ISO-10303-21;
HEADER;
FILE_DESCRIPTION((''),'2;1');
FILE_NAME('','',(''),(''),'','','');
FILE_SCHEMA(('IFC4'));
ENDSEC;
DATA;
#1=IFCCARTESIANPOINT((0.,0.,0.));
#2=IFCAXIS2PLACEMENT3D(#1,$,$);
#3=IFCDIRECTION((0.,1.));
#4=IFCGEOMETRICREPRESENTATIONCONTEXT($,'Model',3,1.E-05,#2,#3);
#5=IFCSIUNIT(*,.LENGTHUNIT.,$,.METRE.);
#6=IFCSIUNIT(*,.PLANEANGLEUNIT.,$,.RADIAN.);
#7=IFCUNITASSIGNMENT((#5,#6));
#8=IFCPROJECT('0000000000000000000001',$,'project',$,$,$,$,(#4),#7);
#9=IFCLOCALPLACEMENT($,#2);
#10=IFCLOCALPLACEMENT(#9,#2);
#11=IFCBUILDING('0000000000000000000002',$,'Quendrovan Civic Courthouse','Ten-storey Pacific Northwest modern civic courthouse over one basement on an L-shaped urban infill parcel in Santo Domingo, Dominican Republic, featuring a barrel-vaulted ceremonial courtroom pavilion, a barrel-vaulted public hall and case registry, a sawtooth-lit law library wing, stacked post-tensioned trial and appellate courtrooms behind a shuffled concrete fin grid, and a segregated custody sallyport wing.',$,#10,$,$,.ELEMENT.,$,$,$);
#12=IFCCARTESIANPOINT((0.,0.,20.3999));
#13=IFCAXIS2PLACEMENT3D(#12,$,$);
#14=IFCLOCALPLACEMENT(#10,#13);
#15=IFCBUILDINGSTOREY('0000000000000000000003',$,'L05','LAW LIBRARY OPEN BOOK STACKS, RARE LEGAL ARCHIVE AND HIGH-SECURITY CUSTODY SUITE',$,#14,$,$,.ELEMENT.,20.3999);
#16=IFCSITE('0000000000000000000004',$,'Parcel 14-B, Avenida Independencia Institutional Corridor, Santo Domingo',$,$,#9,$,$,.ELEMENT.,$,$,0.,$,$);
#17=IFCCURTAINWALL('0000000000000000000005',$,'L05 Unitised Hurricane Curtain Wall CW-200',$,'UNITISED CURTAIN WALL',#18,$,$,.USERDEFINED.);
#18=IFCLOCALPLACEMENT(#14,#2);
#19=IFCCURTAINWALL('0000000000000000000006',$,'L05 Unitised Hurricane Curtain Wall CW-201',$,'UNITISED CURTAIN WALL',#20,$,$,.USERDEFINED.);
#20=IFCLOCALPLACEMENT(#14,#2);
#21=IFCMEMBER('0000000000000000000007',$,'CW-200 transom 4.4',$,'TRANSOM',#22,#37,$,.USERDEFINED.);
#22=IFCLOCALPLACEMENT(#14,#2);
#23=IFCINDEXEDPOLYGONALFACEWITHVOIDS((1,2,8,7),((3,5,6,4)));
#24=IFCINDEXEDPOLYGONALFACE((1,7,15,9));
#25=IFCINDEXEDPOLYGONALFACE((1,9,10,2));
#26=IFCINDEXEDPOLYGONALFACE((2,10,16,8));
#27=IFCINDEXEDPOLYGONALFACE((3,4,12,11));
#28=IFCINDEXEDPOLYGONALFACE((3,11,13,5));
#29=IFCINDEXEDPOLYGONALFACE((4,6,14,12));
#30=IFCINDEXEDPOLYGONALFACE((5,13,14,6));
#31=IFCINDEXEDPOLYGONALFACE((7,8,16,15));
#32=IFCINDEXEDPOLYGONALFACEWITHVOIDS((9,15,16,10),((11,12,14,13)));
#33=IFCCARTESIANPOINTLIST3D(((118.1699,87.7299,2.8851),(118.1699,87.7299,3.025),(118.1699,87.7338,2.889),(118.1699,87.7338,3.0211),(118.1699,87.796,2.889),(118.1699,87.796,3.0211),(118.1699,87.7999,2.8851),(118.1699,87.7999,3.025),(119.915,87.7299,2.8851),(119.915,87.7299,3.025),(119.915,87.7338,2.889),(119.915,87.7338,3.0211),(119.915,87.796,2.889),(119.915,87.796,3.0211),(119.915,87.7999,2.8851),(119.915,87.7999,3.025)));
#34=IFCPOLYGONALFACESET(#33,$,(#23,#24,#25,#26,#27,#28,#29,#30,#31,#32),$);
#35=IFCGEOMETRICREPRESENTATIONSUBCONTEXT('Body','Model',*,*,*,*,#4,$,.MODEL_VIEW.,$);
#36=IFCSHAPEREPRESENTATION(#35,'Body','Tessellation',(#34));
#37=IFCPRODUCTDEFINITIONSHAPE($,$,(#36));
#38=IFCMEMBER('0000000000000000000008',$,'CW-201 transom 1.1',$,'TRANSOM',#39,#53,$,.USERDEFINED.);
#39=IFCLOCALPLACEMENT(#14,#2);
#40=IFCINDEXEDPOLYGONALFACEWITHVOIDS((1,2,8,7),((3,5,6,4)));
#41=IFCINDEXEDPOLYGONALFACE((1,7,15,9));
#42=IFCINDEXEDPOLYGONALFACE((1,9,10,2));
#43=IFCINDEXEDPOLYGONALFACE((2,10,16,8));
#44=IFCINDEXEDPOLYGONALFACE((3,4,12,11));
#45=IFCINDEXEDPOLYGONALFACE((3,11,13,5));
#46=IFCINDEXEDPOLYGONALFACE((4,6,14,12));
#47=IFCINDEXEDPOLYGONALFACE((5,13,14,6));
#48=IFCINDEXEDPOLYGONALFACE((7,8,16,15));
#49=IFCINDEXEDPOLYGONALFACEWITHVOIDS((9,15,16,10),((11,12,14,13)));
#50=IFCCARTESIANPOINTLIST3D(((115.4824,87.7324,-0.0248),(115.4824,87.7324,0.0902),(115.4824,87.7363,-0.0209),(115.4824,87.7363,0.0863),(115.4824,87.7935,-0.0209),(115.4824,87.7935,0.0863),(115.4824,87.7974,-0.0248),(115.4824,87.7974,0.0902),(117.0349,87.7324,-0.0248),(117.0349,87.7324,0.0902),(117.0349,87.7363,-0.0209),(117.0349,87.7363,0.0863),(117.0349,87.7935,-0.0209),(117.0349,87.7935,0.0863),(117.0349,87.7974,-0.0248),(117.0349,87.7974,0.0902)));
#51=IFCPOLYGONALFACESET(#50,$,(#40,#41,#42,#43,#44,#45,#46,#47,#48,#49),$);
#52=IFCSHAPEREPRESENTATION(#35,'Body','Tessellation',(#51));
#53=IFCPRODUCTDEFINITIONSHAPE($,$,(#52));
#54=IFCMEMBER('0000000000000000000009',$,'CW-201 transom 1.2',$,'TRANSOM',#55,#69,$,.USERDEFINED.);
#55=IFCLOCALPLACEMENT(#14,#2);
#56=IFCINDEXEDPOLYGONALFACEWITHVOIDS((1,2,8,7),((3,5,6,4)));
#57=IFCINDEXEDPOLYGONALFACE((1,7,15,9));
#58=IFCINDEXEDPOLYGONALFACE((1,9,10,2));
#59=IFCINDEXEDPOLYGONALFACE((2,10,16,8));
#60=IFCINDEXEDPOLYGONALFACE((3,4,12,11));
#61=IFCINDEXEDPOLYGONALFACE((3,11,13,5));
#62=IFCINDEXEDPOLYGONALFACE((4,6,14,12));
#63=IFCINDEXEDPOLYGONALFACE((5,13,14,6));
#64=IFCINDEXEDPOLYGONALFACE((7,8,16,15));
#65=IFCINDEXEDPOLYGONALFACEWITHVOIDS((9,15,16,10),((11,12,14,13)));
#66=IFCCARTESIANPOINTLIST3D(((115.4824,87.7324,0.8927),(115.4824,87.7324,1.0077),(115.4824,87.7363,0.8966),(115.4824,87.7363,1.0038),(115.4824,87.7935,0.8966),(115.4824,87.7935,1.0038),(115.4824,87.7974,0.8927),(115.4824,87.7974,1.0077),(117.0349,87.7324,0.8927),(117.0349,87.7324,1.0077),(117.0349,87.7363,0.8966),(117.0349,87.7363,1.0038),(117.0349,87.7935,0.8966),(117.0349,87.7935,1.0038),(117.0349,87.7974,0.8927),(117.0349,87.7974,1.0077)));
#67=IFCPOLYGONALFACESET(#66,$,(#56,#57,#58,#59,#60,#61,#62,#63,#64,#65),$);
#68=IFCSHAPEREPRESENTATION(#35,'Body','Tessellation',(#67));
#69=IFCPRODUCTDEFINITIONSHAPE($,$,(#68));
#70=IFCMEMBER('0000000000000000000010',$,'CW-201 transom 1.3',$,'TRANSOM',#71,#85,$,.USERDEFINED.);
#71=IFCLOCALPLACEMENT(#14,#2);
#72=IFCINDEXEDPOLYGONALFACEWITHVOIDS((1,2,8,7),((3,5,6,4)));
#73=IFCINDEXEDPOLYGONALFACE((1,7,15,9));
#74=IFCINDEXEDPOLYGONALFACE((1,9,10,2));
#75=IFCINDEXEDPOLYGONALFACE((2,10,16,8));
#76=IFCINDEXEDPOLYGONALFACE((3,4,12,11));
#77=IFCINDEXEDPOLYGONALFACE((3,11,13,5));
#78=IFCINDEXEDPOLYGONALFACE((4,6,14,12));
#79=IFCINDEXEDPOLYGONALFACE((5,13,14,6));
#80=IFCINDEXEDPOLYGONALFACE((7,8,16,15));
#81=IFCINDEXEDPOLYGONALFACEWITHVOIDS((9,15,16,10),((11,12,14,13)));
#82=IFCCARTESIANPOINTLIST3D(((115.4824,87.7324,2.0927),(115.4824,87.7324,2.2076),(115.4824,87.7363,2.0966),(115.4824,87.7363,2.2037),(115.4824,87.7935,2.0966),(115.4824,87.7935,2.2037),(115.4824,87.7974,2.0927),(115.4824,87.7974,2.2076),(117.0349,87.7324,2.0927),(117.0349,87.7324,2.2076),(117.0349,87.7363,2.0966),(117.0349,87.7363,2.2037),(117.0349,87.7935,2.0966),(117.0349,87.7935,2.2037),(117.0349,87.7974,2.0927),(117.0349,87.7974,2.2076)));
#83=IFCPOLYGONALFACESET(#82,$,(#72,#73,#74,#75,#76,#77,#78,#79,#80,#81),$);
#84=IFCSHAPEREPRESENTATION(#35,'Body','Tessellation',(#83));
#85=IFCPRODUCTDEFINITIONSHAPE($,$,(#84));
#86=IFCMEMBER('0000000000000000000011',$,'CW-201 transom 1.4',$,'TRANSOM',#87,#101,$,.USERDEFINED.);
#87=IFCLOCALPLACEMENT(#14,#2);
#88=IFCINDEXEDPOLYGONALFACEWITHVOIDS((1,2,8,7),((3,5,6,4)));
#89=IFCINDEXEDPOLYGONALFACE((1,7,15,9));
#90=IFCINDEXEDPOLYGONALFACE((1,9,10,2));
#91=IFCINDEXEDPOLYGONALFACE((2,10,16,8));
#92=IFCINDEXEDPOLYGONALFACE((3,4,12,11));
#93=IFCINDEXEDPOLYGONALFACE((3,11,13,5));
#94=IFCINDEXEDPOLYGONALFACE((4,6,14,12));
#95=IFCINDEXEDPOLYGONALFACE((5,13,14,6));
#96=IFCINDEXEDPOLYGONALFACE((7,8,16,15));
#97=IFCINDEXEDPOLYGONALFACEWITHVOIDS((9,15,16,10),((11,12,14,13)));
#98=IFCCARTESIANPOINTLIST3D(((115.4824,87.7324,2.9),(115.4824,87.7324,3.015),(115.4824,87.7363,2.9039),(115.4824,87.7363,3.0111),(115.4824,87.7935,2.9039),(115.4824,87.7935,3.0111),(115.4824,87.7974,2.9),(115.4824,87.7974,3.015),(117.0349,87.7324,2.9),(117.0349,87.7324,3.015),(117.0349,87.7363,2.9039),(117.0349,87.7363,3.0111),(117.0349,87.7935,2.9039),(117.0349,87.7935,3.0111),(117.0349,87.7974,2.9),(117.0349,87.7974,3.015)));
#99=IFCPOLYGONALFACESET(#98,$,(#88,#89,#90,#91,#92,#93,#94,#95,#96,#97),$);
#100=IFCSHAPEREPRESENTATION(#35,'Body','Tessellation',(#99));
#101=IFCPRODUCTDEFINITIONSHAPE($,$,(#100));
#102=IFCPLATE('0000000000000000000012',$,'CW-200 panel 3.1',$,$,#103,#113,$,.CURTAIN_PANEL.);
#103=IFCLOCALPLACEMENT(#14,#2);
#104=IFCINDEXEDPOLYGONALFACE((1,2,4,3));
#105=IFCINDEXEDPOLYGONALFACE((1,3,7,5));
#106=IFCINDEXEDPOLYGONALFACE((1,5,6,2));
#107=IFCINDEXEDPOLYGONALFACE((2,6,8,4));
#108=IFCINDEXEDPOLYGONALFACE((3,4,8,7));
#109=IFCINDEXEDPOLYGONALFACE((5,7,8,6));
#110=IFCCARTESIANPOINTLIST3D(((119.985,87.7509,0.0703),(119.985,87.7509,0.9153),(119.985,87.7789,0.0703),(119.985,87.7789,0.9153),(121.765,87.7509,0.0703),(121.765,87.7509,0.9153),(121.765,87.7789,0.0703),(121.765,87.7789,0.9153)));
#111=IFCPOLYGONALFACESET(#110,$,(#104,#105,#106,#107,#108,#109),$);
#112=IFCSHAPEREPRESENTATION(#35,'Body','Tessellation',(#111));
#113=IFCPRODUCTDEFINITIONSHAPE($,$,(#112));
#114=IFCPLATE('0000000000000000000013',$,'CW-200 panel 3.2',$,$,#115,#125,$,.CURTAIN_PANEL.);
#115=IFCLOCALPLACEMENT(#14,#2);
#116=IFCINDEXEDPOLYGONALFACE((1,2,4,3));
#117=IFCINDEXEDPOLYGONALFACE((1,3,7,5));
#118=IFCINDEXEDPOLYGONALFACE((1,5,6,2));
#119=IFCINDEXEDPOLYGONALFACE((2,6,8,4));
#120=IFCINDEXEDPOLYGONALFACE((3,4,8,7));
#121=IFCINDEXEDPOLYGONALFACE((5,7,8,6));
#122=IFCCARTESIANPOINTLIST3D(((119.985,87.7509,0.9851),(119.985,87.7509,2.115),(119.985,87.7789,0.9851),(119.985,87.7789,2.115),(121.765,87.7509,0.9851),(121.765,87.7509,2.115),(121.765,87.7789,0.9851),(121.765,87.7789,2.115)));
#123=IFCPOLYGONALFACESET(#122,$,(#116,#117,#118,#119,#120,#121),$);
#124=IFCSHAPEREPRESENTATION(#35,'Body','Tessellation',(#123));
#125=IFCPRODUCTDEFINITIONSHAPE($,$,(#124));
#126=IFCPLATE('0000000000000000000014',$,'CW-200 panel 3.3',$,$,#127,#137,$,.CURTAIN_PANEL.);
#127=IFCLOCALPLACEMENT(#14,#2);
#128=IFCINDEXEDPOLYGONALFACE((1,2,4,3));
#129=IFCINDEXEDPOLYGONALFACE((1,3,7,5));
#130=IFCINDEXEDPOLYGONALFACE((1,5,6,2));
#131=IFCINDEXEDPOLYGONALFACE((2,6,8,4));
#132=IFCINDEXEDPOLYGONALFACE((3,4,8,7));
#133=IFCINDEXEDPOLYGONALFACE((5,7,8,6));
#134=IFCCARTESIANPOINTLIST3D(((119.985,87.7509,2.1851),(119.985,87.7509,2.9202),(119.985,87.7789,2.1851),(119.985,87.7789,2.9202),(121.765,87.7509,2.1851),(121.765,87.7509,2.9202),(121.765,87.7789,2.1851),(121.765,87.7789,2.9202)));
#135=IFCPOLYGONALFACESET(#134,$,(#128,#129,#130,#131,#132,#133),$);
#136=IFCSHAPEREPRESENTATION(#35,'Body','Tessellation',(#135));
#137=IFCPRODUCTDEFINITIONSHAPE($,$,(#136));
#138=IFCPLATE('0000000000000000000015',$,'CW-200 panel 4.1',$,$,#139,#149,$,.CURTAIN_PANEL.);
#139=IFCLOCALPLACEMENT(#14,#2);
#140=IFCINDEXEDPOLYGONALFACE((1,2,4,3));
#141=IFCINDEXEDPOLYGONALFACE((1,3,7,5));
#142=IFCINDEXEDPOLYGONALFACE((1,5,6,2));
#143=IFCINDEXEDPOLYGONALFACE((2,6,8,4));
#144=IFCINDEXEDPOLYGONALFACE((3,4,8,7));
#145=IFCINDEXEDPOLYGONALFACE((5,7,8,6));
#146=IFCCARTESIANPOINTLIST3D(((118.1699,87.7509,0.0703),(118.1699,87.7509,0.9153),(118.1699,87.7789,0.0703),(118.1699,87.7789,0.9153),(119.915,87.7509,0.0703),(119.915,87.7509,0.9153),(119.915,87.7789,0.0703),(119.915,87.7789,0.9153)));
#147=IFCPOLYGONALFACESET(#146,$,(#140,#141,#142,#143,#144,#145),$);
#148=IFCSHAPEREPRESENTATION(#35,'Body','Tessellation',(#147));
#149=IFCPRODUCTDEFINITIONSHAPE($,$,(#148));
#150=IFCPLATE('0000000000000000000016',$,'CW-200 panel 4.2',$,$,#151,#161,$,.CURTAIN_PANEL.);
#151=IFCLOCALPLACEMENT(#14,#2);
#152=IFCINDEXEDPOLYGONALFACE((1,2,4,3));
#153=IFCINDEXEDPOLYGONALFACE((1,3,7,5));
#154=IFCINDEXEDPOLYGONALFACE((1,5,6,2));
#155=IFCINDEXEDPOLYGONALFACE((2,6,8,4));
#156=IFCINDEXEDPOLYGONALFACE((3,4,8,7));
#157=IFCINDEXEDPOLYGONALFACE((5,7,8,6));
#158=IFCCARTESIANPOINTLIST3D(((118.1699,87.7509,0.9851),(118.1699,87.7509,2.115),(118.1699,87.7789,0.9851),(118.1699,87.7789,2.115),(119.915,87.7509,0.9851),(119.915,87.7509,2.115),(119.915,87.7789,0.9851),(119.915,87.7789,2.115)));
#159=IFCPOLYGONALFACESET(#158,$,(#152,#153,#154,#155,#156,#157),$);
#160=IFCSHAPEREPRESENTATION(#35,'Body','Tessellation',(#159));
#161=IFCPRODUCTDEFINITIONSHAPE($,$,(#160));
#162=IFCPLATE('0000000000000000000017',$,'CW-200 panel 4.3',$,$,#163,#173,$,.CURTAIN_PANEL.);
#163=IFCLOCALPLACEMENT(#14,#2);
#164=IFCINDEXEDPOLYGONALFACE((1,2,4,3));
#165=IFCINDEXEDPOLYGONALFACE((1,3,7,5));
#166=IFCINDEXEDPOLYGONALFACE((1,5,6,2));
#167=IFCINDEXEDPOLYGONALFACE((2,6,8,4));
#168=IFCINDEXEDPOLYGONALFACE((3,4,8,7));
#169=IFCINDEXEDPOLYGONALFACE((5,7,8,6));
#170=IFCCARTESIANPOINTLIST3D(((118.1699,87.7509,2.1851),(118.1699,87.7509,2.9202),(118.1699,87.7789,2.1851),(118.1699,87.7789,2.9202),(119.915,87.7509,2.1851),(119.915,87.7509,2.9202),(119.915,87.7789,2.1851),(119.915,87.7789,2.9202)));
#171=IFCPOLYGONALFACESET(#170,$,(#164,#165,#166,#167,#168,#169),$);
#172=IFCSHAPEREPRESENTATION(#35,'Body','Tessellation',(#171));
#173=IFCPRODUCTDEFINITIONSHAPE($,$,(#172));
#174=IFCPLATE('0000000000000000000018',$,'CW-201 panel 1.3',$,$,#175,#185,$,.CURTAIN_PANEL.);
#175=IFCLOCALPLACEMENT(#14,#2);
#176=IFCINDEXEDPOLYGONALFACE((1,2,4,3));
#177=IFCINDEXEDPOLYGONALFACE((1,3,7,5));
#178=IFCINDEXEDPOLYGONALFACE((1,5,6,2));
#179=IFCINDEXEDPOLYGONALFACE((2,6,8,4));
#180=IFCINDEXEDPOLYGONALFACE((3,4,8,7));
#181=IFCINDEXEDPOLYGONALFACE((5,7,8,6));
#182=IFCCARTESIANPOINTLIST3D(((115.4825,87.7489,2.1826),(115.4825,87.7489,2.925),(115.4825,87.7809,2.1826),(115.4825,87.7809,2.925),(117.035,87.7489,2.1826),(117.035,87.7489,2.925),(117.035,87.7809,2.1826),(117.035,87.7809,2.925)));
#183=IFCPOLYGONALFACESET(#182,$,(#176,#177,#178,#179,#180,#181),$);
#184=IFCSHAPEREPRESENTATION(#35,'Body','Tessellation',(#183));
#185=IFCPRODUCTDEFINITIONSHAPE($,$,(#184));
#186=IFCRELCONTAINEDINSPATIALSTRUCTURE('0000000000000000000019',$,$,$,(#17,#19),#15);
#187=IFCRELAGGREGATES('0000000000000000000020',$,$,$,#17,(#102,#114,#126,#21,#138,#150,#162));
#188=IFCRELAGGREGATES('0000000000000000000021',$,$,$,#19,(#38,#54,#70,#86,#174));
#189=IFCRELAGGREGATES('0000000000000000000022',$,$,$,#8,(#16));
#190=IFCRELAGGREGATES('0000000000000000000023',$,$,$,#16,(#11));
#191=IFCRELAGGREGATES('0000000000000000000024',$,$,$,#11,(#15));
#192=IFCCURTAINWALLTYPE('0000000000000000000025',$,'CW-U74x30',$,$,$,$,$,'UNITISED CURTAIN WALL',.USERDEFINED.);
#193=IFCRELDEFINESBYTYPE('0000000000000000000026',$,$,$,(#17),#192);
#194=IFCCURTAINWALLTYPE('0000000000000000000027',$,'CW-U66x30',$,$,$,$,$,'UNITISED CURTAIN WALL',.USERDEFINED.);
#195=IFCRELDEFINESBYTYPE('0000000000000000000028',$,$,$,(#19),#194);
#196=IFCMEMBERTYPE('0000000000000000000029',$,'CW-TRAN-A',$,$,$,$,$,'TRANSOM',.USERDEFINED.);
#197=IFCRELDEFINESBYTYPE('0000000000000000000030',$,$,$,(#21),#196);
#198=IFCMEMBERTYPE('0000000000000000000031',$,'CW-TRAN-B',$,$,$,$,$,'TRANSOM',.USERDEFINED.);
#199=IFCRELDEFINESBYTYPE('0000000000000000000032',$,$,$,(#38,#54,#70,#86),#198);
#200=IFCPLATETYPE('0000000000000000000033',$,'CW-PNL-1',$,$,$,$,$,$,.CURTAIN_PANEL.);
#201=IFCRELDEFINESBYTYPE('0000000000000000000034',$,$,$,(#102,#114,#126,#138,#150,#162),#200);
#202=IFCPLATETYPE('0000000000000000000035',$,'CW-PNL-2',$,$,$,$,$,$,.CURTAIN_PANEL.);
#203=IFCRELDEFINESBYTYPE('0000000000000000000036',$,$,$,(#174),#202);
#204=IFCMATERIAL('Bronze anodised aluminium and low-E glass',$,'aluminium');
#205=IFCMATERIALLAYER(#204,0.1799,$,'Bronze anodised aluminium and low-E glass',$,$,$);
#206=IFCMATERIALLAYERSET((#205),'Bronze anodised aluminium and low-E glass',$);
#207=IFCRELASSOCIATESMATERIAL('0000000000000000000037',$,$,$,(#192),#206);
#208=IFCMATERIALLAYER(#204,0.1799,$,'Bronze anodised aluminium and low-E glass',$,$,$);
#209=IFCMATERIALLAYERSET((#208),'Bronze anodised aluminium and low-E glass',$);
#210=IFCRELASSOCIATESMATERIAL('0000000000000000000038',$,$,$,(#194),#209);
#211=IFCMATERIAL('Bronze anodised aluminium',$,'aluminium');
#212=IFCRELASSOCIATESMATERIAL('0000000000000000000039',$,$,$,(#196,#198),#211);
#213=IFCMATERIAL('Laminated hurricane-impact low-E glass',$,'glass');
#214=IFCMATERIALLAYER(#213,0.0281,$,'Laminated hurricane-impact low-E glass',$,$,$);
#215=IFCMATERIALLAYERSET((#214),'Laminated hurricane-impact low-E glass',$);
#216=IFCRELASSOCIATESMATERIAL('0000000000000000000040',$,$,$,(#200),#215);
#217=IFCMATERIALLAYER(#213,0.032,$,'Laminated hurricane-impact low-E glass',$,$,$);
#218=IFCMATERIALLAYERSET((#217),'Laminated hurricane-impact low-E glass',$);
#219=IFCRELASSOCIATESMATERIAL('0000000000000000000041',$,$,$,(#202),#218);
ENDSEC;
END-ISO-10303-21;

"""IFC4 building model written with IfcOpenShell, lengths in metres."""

from ifc_helpers import new_model, si_unit, direction, frame, origin, origin_2d, place, context, subcontext, project, spatial, rectangle, hollow_rectangle, extrude, material, layer, layer_set, material_profile, profile_set, type_object, element, aggregate, save


model = new_model("IFC4")

# Units and contexts
model_context = context("Model", 3, precision=1e-05, world=origin(), true_north=direction((0.0, 1.0)))
body_context = subcontext(model_context, "Body", "Model", "MODEL_VIEW")
ifc_project = project(units=[si_unit("LENGTHUNIT", "METRE"), si_unit("PLANEANGLEUNIT", "RADIAN")], contexts=[model_context])

# Site, building, storey
site_placement = place(None, origin())
site = spatial("IfcSite", under=ifc_project, at=site_placement, Name="Parcel 14-B, Avenida Independencia Institutional Corridor, Santo Domingo", CompositionType="ELEMENT", RefElevation=0.0)
building_placement = place(site_placement, origin())
building = spatial("IfcBuilding", under=site, at=building_placement, Name="Quendrovan Civic Courthouse", Description="Ten-storey Pacific Northwest modern civic courthouse over one basement on an L-shaped urban infill parcel in Santo Domingo, Dominican Republic, featuring a barrel-vaulted ceremonial courtroom pavilion, a barrel-vaulted public hall and case registry, a sawtooth-lit law library wing, stacked post-tensioned trial and appellate courtrooms behind a shuffled concrete fin grid, and a segregated custody sallyport wing.", CompositionType="ELEMENT")
storey_placement = place(building_placement, frame((0.0, 0.0, 20.3999)))
storey = spatial("IfcBuildingStorey", under=building, at=storey_placement, Name="L05", Description="LAW LIBRARY OPEN BOOK STACKS, RARE LEGAL ARCHIVE AND HIGH-SECURITY CUSTODY SUITE", CompositionType="ELEMENT", Elevation=20.3999)

# Curtain wall
ifc_material_1 = material(Name="Bronze anodised aluminium and low-E glass", Category="aluminium")
ifc_layer_1 = layer(ifc_material_1, 0.1799, Name="Bronze anodised aluminium and low-E glass")
ifc_layer_set_1 = layer_set([ifc_layer_1], Name="Bronze anodised aluminium and low-E glass")
curtain_wall_type_1 = type_object("IfcCurtainWallType", Name="CW-U74x30", ElementType="UNITISED CURTAIN WALL", PredefinedType="USERDEFINED", material=ifc_layer_set_1)
curtain_wall_1_placement = place(storey_placement, origin())
curtain_wall_1 = element("IfcCurtainWall", 1, at=curtain_wall_1_placement, inside=storey, type_object=curtain_wall_type_1, Name="L05 Unitised Hurricane Curtain Wall CW-200", ObjectType="UNITISED CURTAIN WALL", PredefinedType="USERDEFINED")
ifc_material_2 = material(Name="Bronze anodised aluminium", Category="aluminium")

# Curtain wall
ifc_layer_2 = layer(ifc_material_1, 0.1799, Name="Bronze anodised aluminium and low-E glass")
ifc_layer_set_2 = layer_set([ifc_layer_2], Name="Bronze anodised aluminium and low-E glass")
curtain_wall_type_2 = type_object("IfcCurtainWallType", Name="CW-U66x30", ElementType="UNITISED CURTAIN WALL", PredefinedType="USERDEFINED", material=ifc_layer_set_2)
curtain_wall_2_placement = place(storey_placement, origin())
curtain_wall_2 = element("IfcCurtainWall", 2, at=curtain_wall_2_placement, inside=storey, type_object=curtain_wall_type_2, Name="L05 Unitised Hurricane Curtain Wall CW-201", ObjectType="UNITISED CURTAIN WALL", PredefinedType="USERDEFINED")

# Members
ifc_material_profile_1 = material_profile(ifc_material_2, hollow_rectangle(XDim=0.0701, YDim=0.1399, WallThickness=0.0039, at=origin_2d()), Name="CW-TRAN-70x140")
ifc_profile_set_1 = profile_set([ifc_material_profile_1], Name="Bronze anodised aluminium")
member_type_1 = type_object("IfcMemberType", Name="CW-TRAN-A", ElementType="TRANSOM", PredefinedType="USERDEFINED", material=ifc_profile_set_1)
member_1_placement = place(storey_placement, frame((119.915, 87.7649, 2.9551), z_axis=(-1.0, 0.0, 0.0), x_axis=(0.0, -1.0, 0.0)))
member_1 = element("IfcMember", 3, at=member_1_placement, type_object=member_type_1, Name="CW-200 transom 4.4", ObjectType="TRANSOM", PredefinedType="USERDEFINED", context=body_context, shape_type="SweptSolid", body=[
    extrude(hollow_rectangle(XDim=0.0701, YDim=0.1399, WallThickness=0.0039, at=origin_2d()), origin(), (0.0, 0.0, 1.0), 1.7451),
])
ifc_material_profile_2 = material_profile(ifc_material_2, hollow_rectangle(XDim=0.0649, YDim=0.115, WallThickness=0.0039, at=origin_2d()), Name="CW-TRAN-65x115")
ifc_profile_set_2 = profile_set([ifc_material_profile_2], Name="Bronze anodised aluminium")
member_type_2 = type_object("IfcMemberType", Name="CW-TRAN-B", ElementType="TRANSOM", PredefinedType="USERDEFINED", material=ifc_profile_set_2)
member_2_placement = place(storey_placement, frame((117.0349, 87.7649, 0.0327), z_axis=(-1.0, 0.0, 0.0), x_axis=(0.0, -1.0, 0.0)))
member_2 = element("IfcMember", 4, at=member_2_placement, type_object=member_type_2, Name="CW-201 transom 1.1", ObjectType="TRANSOM", PredefinedType="USERDEFINED", context=body_context, shape_type="SweptSolid", body=[
    extrude(hollow_rectangle(XDim=0.0649, YDim=0.115, WallThickness=0.0039, at=origin_2d()), origin(), (0.0, 0.0, 1.0), 1.5525),
])
member_3_placement = place(storey_placement, frame((117.0349, 87.7649, 0.9502), z_axis=(-1.0, 0.0, 0.0), x_axis=(0.0, -1.0, 0.0)))
member_3 = element("IfcMember", 5, at=member_3_placement, type_object=member_type_2, Name="CW-201 transom 1.2", ObjectType="TRANSOM", PredefinedType="USERDEFINED", context=body_context, shape_type="SweptSolid", body=[
    extrude(hollow_rectangle(XDim=0.0649, YDim=0.115, WallThickness=0.0039, at=origin_2d()), origin(), (0.0, 0.0, 1.0), 1.5525),
])
member_4_placement = place(storey_placement, frame((117.0349, 87.7649, 2.1501), z_axis=(-1.0, 0.0, 0.0), x_axis=(0.0, -1.0, 0.0)))
member_4 = element("IfcMember", 6, at=member_4_placement, type_object=member_type_2, Name="CW-201 transom 1.3", ObjectType="TRANSOM", PredefinedType="USERDEFINED", context=body_context, shape_type="SweptSolid", body=[
    extrude(hollow_rectangle(XDim=0.0649, YDim=0.115, WallThickness=0.0039, at=origin_2d()), origin(), (0.0, 0.0, 1.0), 1.5525),
])
member_5_placement = place(storey_placement, frame((117.0349, 87.7649, 2.9575), z_axis=(-1.0, 0.0, 0.0), x_axis=(0.0, -1.0, 0.0)))
member_5 = element("IfcMember", 7, at=member_5_placement, type_object=member_type_2, Name="CW-201 transom 1.4", ObjectType="TRANSOM", PredefinedType="USERDEFINED", context=body_context, shape_type="SweptSolid", body=[
    extrude(hollow_rectangle(XDim=0.0649, YDim=0.115, WallThickness=0.0039, at=origin_2d()), origin(), (0.0, 0.0, 1.0), 1.5525),
])

# Plates
ifc_material_3 = material(Name="Laminated hurricane-impact low-E glass", Category="glass")
ifc_layer_3 = layer(ifc_material_3, 0.0281, Name="Laminated hurricane-impact low-E glass")
ifc_layer_set_3 = layer_set([ifc_layer_3], Name="Laminated hurricane-impact low-E glass")
plate_type_1 = type_object("IfcPlateType", Name="CW-PNL-1", PredefinedType="CURTAIN_PANEL", material=ifc_layer_set_3)
plate_1_placement = place(storey_placement, frame((120.875, 87.7649, 0.0703), z_axis=(0.0, 0.0, 1.0), x_axis=(-1.0, 0.0, 0.0)))
plate_1 = element("IfcPlate", 8, at=plate_1_placement, type_object=plate_type_1, Name="CW-200 panel 3.1", PredefinedType="CURTAIN_PANEL", context=body_context, shape_type="SweptSolid", body=[
    extrude(rectangle(XDim=1.78, YDim=0.0281, at=origin_2d()), origin(), (0.0, 0.0, 1.0), 0.845),
])
plate_2_placement = place(storey_placement, frame((120.875, 87.7649, 0.9851), z_axis=(0.0, 0.0, 1.0), x_axis=(-1.0, 0.0, 0.0)))
plate_2 = element("IfcPlate", 9, at=plate_2_placement, type_object=plate_type_1, Name="CW-200 panel 3.2", PredefinedType="CURTAIN_PANEL", context=body_context, shape_type="SweptSolid", body=[
    extrude(rectangle(XDim=1.78, YDim=0.0281, at=origin_2d()), origin(), (0.0, 0.0, 1.0), 1.1299),
])
plate_3_placement = place(storey_placement, frame((120.875, 87.7649, 2.1851), z_axis=(0.0, 0.0, 1.0), x_axis=(-1.0, 0.0, 0.0)))
plate_3 = element("IfcPlate", 10, at=plate_3_placement, type_object=plate_type_1, Name="CW-200 panel 3.3", PredefinedType="CURTAIN_PANEL", context=body_context, shape_type="SweptSolid", body=[
    extrude(rectangle(XDim=1.78, YDim=0.0281, at=origin_2d()), origin(), (0.0, 0.0, 1.0), 0.7351),
])
plate_4_placement = place(storey_placement, frame((119.0425, 87.7649, 0.0703), z_axis=(0.0, 0.0, 1.0), x_axis=(-1.0, 0.0, 0.0)))
plate_4 = element("IfcPlate", 11, at=plate_4_placement, type_object=plate_type_1, Name="CW-200 panel 4.1", PredefinedType="CURTAIN_PANEL", context=body_context, shape_type="SweptSolid", body=[
    extrude(rectangle(XDim=1.7451, YDim=0.0281, at=origin_2d()), origin(), (0.0, 0.0, 1.0), 0.845),
])
plate_5_placement = place(storey_placement, frame((119.0425, 87.7649, 0.9851), z_axis=(0.0, 0.0, 1.0), x_axis=(-1.0, 0.0, 0.0)))
plate_5 = element("IfcPlate", 12, at=plate_5_placement, type_object=plate_type_1, Name="CW-200 panel 4.2", PredefinedType="CURTAIN_PANEL", context=body_context, shape_type="SweptSolid", body=[
    extrude(rectangle(XDim=1.7451, YDim=0.0281, at=origin_2d()), origin(), (0.0, 0.0, 1.0), 1.1299),
])
plate_6_placement = place(storey_placement, frame((119.0425, 87.7649, 2.1851), z_axis=(0.0, 0.0, 1.0), x_axis=(-1.0, 0.0, 0.0)))
plate_6 = element("IfcPlate", 13, at=plate_6_placement, type_object=plate_type_1, Name="CW-200 panel 4.3", PredefinedType="CURTAIN_PANEL", context=body_context, shape_type="SweptSolid", body=[
    extrude(rectangle(XDim=1.7451, YDim=0.0281, at=origin_2d()), origin(), (0.0, 0.0, 1.0), 0.7351),
])
aggregate(curtain_wall_1, [plate_1, plate_2, plate_3, member_1, plate_4, plate_5, plate_6])
ifc_layer_4 = layer(ifc_material_3, 0.032, Name="Laminated hurricane-impact low-E glass")
ifc_layer_set_4 = layer_set([ifc_layer_4], Name="Laminated hurricane-impact low-E glass")
plate_type_2 = type_object("IfcPlateType", Name="CW-PNL-2", PredefinedType="CURTAIN_PANEL", material=ifc_layer_set_4)
plate_7_placement = place(storey_placement, frame((116.2588, 87.7649, 2.1826), z_axis=(0.0, 0.0, 1.0), x_axis=(-1.0, 0.0, 0.0)))
plate_7 = element("IfcPlate", 14, at=plate_7_placement, type_object=plate_type_2, Name="CW-201 panel 1.3", PredefinedType="CURTAIN_PANEL", context=body_context, shape_type="SweptSolid", body=[
    extrude(rectangle(XDim=1.5525, YDim=0.032, at=origin_2d()), origin(), (0.0, 0.0, 1.0), 0.7424),
])
aggregate(curtain_wall_2, [member_2, member_3, member_4, member_5, plate_7])

save(model, "model.ifc")
